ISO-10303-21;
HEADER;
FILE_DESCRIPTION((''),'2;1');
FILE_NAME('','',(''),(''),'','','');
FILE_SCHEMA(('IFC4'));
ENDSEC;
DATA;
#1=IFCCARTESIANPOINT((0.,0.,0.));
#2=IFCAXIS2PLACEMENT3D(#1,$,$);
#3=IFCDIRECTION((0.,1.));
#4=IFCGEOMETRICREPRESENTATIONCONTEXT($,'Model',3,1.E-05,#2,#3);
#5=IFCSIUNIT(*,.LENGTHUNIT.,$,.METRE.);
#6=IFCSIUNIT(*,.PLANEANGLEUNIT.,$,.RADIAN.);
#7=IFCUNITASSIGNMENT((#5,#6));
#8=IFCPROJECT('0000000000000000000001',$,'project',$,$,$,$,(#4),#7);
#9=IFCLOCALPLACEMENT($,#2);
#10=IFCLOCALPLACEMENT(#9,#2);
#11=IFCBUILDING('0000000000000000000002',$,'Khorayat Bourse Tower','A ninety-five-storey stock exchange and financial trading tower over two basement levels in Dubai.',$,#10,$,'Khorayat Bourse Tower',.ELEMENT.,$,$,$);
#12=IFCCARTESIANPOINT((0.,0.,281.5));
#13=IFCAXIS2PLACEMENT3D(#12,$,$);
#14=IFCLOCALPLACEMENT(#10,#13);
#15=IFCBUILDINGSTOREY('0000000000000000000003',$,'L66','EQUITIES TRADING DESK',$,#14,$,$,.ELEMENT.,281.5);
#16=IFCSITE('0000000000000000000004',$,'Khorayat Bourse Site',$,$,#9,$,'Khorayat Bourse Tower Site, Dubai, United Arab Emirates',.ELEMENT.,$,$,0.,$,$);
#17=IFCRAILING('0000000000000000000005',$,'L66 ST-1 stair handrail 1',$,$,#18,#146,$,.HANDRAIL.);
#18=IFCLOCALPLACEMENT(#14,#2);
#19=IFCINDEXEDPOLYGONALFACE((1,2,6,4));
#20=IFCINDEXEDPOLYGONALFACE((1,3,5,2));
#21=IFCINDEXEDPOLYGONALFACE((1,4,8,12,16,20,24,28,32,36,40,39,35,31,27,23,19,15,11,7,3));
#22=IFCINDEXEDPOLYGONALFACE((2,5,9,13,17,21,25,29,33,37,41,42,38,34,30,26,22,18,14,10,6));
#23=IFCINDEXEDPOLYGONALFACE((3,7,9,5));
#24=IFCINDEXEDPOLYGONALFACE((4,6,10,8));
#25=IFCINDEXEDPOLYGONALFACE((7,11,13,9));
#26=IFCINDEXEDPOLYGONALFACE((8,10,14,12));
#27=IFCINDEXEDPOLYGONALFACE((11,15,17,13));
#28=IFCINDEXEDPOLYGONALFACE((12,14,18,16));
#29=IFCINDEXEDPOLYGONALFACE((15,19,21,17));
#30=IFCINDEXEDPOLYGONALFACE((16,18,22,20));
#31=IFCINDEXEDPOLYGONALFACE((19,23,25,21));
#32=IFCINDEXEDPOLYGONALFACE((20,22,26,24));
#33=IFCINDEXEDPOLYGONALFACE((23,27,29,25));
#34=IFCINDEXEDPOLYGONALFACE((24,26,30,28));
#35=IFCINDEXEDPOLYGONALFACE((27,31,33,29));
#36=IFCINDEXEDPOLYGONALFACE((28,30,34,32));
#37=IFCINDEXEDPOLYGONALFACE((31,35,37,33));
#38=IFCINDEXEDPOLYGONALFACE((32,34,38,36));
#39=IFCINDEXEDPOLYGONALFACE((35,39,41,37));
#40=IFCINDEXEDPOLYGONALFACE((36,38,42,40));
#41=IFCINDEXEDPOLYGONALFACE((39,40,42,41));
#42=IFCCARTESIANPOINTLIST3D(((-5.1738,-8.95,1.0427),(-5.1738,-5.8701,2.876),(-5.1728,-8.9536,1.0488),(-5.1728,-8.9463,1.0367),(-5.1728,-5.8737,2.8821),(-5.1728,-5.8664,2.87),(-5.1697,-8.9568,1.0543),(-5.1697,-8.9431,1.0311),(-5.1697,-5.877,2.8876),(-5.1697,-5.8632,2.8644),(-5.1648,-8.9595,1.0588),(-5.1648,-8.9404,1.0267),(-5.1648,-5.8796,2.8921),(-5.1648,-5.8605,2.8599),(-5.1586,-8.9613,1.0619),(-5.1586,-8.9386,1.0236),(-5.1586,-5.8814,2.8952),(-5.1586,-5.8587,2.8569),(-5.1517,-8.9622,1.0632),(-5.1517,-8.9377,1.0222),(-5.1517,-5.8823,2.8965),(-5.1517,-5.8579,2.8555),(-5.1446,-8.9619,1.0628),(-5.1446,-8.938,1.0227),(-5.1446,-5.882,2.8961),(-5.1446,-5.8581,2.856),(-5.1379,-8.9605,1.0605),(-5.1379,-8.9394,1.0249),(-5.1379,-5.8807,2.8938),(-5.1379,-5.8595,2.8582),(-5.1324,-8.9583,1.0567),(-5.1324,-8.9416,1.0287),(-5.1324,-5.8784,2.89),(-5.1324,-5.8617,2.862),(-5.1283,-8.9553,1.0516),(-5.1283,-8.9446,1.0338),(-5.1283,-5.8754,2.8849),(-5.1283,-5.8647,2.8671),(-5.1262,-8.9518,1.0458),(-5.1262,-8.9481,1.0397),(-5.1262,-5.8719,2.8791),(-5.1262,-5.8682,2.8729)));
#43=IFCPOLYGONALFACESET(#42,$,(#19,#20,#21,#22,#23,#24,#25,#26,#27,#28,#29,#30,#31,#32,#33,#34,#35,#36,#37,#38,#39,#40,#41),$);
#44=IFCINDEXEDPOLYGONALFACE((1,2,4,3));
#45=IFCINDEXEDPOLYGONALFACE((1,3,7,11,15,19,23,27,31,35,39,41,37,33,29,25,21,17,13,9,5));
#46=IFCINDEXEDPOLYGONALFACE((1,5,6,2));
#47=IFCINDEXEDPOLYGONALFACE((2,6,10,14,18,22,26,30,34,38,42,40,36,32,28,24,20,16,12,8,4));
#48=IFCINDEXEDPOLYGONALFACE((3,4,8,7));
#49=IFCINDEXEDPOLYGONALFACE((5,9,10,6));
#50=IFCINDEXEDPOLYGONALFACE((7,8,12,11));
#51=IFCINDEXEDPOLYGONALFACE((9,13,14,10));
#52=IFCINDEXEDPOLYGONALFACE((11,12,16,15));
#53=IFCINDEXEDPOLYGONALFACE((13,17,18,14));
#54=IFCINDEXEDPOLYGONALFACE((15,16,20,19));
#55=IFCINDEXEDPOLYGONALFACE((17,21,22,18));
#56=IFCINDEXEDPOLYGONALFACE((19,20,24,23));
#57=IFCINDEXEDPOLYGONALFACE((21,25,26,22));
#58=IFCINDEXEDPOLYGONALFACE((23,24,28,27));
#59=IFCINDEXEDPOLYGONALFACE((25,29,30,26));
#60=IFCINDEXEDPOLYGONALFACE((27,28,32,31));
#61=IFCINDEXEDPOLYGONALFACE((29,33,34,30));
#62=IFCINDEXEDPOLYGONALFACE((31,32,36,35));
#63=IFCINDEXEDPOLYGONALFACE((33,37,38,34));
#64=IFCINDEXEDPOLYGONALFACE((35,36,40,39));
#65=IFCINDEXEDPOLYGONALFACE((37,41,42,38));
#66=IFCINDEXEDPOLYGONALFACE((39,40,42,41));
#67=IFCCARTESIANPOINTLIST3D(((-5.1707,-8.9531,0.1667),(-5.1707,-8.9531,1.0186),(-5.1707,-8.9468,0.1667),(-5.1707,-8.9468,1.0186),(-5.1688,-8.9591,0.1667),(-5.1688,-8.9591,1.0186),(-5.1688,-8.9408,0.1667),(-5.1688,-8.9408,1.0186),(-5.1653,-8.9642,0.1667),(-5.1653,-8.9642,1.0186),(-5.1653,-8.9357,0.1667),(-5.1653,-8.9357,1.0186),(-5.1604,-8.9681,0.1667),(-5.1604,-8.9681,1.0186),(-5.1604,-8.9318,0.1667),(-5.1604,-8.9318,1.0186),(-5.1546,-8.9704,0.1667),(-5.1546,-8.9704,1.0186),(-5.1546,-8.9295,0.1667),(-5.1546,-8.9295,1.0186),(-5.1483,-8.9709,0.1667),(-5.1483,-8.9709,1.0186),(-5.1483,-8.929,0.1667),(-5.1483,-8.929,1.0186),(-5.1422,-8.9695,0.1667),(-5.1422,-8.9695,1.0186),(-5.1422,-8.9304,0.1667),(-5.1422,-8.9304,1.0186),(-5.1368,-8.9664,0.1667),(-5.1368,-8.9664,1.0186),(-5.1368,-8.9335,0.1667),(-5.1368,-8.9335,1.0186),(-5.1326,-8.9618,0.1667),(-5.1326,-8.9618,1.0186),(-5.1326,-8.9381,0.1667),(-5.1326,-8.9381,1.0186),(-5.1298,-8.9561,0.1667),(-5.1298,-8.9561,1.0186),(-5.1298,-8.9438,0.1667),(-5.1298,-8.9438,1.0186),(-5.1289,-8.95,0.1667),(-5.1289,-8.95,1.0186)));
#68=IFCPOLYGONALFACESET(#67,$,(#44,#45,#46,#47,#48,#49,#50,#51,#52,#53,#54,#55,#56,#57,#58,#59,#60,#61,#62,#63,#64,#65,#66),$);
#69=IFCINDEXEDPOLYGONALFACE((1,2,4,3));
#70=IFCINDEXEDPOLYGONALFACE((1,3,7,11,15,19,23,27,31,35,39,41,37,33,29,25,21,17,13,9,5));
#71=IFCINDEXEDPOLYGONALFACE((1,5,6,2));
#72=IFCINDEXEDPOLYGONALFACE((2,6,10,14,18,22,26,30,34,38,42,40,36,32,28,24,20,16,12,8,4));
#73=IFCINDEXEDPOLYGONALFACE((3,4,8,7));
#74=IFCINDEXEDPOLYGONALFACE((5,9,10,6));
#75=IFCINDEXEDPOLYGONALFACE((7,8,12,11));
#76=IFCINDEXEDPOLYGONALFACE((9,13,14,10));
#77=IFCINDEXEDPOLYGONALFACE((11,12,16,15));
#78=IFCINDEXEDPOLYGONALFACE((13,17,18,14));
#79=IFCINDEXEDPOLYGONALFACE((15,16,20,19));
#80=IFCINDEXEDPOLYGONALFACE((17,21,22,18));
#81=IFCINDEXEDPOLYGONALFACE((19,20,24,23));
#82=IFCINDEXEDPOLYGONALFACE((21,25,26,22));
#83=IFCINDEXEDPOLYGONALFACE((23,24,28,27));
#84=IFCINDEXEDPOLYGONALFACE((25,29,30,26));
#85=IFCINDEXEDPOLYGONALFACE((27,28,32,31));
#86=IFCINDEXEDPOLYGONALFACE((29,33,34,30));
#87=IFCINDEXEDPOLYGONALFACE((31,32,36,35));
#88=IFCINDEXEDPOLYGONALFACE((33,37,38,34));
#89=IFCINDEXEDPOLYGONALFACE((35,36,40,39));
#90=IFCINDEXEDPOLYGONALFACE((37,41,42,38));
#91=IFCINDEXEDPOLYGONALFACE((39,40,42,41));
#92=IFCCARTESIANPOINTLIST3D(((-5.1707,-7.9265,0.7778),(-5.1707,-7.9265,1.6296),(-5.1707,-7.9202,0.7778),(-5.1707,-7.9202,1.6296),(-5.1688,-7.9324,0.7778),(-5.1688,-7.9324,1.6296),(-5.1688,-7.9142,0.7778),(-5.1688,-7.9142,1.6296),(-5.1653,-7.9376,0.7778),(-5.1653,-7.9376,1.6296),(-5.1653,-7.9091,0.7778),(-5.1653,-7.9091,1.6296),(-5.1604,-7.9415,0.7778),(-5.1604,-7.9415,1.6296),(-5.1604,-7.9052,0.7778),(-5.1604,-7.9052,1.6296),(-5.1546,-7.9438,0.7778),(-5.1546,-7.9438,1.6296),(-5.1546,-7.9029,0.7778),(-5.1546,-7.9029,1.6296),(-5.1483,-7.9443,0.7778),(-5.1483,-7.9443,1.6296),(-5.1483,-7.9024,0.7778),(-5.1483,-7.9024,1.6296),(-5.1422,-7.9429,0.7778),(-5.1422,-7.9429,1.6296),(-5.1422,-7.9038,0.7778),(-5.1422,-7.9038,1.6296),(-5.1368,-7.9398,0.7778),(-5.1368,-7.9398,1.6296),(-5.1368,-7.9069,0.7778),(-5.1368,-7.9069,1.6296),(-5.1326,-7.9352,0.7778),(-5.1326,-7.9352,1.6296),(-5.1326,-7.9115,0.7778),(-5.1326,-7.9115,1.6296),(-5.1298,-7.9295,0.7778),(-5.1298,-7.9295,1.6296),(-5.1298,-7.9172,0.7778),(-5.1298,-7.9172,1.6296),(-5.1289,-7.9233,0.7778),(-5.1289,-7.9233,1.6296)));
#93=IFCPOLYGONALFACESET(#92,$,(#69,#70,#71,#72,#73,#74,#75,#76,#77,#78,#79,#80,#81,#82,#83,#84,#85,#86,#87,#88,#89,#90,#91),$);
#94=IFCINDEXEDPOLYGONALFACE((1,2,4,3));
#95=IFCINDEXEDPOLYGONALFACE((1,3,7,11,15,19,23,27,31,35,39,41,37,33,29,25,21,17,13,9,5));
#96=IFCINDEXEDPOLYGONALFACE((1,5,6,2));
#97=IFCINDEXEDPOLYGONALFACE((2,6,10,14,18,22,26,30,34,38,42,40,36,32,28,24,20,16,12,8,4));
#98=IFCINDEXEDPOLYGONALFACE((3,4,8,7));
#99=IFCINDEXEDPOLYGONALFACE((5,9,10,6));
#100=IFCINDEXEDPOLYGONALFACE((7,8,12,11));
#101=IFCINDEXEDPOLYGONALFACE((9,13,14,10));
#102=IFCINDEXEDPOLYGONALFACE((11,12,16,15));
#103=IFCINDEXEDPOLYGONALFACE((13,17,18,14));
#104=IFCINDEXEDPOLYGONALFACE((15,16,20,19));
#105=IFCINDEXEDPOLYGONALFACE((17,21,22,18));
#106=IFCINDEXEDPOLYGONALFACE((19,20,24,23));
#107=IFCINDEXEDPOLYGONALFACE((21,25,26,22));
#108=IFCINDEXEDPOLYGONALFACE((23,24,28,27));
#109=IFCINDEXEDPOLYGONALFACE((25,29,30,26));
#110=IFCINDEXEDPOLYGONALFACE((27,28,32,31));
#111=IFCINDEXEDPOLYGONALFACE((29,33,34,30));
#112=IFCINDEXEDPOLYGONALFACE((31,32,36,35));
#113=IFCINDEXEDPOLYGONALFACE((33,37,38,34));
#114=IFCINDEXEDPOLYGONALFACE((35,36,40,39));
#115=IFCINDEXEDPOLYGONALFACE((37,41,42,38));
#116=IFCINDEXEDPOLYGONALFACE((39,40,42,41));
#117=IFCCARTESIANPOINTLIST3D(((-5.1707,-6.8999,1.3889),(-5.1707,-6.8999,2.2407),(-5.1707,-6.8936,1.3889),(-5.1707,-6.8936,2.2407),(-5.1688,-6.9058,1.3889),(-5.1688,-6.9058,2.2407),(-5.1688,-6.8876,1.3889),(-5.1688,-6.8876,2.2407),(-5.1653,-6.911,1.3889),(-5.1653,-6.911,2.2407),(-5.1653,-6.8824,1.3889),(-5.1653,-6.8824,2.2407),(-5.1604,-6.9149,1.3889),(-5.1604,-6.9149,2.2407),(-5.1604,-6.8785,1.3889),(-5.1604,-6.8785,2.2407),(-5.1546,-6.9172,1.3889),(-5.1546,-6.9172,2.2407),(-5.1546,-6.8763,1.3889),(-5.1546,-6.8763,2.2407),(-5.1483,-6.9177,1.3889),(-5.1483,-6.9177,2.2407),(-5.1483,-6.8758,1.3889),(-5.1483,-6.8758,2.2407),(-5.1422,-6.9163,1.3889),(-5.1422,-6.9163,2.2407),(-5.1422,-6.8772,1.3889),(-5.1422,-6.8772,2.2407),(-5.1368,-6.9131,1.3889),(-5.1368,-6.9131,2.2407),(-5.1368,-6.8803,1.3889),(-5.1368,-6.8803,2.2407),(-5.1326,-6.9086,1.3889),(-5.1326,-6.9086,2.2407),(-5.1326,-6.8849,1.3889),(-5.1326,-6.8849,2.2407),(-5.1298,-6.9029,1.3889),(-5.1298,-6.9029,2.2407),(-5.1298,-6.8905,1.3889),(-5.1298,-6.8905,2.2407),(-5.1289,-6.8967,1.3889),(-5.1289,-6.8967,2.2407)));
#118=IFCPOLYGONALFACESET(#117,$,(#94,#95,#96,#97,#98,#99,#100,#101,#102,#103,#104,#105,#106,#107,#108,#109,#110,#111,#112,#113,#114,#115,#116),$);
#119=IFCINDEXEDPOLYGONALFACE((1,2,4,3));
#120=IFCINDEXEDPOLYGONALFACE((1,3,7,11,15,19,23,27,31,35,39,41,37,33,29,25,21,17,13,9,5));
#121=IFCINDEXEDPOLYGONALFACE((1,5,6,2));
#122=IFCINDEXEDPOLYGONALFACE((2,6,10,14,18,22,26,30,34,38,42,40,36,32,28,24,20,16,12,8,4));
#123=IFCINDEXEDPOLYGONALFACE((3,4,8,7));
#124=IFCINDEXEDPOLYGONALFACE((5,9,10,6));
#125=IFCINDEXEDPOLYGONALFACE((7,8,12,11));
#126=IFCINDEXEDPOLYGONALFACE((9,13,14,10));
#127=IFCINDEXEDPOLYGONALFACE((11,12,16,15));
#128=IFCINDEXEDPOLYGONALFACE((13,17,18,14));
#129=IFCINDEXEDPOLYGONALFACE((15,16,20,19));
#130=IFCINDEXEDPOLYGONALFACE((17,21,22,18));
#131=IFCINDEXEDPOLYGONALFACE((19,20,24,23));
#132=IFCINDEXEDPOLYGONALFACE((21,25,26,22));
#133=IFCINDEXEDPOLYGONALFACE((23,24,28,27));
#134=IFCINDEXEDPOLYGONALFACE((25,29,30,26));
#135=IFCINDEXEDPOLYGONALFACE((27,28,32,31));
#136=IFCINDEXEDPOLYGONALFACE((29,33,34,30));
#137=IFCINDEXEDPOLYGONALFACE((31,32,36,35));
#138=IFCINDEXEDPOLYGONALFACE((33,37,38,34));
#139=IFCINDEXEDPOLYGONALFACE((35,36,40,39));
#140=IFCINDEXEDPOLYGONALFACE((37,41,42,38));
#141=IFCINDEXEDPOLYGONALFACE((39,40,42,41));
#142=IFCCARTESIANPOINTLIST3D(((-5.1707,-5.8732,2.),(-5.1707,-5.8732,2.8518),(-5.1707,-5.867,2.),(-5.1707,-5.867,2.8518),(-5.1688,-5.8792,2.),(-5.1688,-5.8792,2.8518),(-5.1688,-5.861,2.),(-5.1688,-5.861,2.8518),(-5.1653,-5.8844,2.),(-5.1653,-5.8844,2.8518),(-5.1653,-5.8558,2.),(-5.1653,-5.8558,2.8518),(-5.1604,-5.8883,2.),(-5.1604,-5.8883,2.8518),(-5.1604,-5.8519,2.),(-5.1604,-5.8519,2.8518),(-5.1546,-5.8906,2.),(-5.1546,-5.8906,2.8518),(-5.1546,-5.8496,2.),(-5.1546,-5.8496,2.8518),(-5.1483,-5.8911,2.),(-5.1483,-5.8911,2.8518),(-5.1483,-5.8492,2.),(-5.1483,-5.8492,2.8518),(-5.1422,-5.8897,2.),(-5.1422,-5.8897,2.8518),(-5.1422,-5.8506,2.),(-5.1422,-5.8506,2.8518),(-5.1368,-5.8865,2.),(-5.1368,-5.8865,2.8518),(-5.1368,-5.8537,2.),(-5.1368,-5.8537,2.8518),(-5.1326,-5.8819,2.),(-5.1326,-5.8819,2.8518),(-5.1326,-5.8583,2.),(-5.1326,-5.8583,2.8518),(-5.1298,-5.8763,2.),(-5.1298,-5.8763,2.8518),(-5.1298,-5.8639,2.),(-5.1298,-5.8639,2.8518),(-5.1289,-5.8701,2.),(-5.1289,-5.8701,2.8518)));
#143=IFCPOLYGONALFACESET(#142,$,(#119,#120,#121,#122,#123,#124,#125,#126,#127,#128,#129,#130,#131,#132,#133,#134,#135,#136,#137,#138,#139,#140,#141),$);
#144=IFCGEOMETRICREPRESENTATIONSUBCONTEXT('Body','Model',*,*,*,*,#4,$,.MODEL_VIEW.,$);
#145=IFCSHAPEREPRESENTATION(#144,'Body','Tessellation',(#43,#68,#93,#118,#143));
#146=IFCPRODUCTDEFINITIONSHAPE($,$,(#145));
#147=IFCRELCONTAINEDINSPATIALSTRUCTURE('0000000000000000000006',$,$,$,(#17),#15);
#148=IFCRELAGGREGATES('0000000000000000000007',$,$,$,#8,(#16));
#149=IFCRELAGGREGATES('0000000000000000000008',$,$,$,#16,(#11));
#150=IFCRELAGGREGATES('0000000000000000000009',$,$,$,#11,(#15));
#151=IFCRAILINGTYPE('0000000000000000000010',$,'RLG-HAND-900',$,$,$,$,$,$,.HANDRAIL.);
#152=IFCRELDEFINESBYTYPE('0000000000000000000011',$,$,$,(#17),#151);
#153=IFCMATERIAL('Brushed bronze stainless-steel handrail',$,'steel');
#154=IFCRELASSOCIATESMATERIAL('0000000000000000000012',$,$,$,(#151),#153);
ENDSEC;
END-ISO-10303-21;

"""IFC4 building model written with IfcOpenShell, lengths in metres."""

from ifc_helpers import new_model, si_unit, direction, frame, origin, origin_2d, place, context, subcontext, project, spatial, circle, extrude, source, transform, mapped, material, type_object, element, save


model = new_model("IFC4")

# Units and contexts
model_context = context("Model", 3, precision=1e-05, world=origin(), true_north=direction((0.0, 1.0)))
body_context = subcontext(model_context, "Body", "Model", "MODEL_VIEW")
ifc_project = project(units=[si_unit("LENGTHUNIT", "METRE"), si_unit("PLANEANGLEUNIT", "RADIAN")], contexts=[model_context])

# Site, building, storey
site_placement = place(None, origin())
site = spatial("IfcSite", under=ifc_project, at=site_placement, Name="Khorayat Bourse Site", LongName="Khorayat Bourse Tower Site, Dubai, United Arab Emirates", CompositionType="ELEMENT", RefElevation=0.0)
building_placement = place(site_placement, origin())
building = spatial("IfcBuilding", under=site, at=building_placement, Name="Khorayat Bourse Tower", Description="A ninety-five-storey stock exchange and financial trading tower over two basement levels in Dubai.", LongName="Khorayat Bourse Tower", CompositionType="ELEMENT")
storey_placement = place(building_placement, frame((0.0, 0.0, 281.5)))
storey = spatial("IfcBuildingStorey", under=building, at=storey_placement, Name="L66", Description="EQUITIES TRADING DESK", CompositionType="ELEMENT", Elevation=281.5)

# Railing
ifc_material_1 = material(Name="Brushed bronze stainless-steel handrail", Category="steel")
railing_type_1 = type_object("IfcRailingType", Name="RLG-HAND-900", PredefinedType="HANDRAIL", material=ifc_material_1)
shared_shape_1 = source(origin(), body_context, "Body", "SweptSolid", [
    extrude(circle(Radius=0.0239, at=origin_2d()), frame((0.0, 0.0, 0.876), z_axis=(0.0, 0.859291, 0.511487), x_axis=(-1.0, 0.0, 0.0)), (0.0, 0.0, 1.0), 3.5842),
    extrude(circle(Radius=0.021, at=origin_2d()), origin(), (0.0, 0.0, 1.0), 0.8518),
    extrude(circle(Radius=0.021, at=origin_2d()), frame((0.0, 1.0266, 0.6111)), (0.0, 0.0, 1.0), 0.8518),
    extrude(circle(Radius=0.021, at=origin_2d()), frame((0.0, 2.0532, 1.2222)), (0.0, 0.0, 1.0), 0.8518),
    extrude(circle(Radius=0.021, at=origin_2d()), frame((0.0, 3.0798, 1.8333)), (0.0, 0.0, 1.0), 0.8518),
])
railing_1_placement = place(storey_placement, frame((-5.1499, -8.95, 0.1667)))
element("IfcRailing", 1, at=railing_1_placement, inside=storey, type_object=railing_type_1, Name="L66 ST-1 stair handrail 1", PredefinedType="HANDRAIL", context=body_context, shape_type="MappedRepresentation", body=[
    mapped(shared_shape_1, transform((0.0, 0.0, 0.0), scale=1.0)),
])

save(model, "model.ifc")
